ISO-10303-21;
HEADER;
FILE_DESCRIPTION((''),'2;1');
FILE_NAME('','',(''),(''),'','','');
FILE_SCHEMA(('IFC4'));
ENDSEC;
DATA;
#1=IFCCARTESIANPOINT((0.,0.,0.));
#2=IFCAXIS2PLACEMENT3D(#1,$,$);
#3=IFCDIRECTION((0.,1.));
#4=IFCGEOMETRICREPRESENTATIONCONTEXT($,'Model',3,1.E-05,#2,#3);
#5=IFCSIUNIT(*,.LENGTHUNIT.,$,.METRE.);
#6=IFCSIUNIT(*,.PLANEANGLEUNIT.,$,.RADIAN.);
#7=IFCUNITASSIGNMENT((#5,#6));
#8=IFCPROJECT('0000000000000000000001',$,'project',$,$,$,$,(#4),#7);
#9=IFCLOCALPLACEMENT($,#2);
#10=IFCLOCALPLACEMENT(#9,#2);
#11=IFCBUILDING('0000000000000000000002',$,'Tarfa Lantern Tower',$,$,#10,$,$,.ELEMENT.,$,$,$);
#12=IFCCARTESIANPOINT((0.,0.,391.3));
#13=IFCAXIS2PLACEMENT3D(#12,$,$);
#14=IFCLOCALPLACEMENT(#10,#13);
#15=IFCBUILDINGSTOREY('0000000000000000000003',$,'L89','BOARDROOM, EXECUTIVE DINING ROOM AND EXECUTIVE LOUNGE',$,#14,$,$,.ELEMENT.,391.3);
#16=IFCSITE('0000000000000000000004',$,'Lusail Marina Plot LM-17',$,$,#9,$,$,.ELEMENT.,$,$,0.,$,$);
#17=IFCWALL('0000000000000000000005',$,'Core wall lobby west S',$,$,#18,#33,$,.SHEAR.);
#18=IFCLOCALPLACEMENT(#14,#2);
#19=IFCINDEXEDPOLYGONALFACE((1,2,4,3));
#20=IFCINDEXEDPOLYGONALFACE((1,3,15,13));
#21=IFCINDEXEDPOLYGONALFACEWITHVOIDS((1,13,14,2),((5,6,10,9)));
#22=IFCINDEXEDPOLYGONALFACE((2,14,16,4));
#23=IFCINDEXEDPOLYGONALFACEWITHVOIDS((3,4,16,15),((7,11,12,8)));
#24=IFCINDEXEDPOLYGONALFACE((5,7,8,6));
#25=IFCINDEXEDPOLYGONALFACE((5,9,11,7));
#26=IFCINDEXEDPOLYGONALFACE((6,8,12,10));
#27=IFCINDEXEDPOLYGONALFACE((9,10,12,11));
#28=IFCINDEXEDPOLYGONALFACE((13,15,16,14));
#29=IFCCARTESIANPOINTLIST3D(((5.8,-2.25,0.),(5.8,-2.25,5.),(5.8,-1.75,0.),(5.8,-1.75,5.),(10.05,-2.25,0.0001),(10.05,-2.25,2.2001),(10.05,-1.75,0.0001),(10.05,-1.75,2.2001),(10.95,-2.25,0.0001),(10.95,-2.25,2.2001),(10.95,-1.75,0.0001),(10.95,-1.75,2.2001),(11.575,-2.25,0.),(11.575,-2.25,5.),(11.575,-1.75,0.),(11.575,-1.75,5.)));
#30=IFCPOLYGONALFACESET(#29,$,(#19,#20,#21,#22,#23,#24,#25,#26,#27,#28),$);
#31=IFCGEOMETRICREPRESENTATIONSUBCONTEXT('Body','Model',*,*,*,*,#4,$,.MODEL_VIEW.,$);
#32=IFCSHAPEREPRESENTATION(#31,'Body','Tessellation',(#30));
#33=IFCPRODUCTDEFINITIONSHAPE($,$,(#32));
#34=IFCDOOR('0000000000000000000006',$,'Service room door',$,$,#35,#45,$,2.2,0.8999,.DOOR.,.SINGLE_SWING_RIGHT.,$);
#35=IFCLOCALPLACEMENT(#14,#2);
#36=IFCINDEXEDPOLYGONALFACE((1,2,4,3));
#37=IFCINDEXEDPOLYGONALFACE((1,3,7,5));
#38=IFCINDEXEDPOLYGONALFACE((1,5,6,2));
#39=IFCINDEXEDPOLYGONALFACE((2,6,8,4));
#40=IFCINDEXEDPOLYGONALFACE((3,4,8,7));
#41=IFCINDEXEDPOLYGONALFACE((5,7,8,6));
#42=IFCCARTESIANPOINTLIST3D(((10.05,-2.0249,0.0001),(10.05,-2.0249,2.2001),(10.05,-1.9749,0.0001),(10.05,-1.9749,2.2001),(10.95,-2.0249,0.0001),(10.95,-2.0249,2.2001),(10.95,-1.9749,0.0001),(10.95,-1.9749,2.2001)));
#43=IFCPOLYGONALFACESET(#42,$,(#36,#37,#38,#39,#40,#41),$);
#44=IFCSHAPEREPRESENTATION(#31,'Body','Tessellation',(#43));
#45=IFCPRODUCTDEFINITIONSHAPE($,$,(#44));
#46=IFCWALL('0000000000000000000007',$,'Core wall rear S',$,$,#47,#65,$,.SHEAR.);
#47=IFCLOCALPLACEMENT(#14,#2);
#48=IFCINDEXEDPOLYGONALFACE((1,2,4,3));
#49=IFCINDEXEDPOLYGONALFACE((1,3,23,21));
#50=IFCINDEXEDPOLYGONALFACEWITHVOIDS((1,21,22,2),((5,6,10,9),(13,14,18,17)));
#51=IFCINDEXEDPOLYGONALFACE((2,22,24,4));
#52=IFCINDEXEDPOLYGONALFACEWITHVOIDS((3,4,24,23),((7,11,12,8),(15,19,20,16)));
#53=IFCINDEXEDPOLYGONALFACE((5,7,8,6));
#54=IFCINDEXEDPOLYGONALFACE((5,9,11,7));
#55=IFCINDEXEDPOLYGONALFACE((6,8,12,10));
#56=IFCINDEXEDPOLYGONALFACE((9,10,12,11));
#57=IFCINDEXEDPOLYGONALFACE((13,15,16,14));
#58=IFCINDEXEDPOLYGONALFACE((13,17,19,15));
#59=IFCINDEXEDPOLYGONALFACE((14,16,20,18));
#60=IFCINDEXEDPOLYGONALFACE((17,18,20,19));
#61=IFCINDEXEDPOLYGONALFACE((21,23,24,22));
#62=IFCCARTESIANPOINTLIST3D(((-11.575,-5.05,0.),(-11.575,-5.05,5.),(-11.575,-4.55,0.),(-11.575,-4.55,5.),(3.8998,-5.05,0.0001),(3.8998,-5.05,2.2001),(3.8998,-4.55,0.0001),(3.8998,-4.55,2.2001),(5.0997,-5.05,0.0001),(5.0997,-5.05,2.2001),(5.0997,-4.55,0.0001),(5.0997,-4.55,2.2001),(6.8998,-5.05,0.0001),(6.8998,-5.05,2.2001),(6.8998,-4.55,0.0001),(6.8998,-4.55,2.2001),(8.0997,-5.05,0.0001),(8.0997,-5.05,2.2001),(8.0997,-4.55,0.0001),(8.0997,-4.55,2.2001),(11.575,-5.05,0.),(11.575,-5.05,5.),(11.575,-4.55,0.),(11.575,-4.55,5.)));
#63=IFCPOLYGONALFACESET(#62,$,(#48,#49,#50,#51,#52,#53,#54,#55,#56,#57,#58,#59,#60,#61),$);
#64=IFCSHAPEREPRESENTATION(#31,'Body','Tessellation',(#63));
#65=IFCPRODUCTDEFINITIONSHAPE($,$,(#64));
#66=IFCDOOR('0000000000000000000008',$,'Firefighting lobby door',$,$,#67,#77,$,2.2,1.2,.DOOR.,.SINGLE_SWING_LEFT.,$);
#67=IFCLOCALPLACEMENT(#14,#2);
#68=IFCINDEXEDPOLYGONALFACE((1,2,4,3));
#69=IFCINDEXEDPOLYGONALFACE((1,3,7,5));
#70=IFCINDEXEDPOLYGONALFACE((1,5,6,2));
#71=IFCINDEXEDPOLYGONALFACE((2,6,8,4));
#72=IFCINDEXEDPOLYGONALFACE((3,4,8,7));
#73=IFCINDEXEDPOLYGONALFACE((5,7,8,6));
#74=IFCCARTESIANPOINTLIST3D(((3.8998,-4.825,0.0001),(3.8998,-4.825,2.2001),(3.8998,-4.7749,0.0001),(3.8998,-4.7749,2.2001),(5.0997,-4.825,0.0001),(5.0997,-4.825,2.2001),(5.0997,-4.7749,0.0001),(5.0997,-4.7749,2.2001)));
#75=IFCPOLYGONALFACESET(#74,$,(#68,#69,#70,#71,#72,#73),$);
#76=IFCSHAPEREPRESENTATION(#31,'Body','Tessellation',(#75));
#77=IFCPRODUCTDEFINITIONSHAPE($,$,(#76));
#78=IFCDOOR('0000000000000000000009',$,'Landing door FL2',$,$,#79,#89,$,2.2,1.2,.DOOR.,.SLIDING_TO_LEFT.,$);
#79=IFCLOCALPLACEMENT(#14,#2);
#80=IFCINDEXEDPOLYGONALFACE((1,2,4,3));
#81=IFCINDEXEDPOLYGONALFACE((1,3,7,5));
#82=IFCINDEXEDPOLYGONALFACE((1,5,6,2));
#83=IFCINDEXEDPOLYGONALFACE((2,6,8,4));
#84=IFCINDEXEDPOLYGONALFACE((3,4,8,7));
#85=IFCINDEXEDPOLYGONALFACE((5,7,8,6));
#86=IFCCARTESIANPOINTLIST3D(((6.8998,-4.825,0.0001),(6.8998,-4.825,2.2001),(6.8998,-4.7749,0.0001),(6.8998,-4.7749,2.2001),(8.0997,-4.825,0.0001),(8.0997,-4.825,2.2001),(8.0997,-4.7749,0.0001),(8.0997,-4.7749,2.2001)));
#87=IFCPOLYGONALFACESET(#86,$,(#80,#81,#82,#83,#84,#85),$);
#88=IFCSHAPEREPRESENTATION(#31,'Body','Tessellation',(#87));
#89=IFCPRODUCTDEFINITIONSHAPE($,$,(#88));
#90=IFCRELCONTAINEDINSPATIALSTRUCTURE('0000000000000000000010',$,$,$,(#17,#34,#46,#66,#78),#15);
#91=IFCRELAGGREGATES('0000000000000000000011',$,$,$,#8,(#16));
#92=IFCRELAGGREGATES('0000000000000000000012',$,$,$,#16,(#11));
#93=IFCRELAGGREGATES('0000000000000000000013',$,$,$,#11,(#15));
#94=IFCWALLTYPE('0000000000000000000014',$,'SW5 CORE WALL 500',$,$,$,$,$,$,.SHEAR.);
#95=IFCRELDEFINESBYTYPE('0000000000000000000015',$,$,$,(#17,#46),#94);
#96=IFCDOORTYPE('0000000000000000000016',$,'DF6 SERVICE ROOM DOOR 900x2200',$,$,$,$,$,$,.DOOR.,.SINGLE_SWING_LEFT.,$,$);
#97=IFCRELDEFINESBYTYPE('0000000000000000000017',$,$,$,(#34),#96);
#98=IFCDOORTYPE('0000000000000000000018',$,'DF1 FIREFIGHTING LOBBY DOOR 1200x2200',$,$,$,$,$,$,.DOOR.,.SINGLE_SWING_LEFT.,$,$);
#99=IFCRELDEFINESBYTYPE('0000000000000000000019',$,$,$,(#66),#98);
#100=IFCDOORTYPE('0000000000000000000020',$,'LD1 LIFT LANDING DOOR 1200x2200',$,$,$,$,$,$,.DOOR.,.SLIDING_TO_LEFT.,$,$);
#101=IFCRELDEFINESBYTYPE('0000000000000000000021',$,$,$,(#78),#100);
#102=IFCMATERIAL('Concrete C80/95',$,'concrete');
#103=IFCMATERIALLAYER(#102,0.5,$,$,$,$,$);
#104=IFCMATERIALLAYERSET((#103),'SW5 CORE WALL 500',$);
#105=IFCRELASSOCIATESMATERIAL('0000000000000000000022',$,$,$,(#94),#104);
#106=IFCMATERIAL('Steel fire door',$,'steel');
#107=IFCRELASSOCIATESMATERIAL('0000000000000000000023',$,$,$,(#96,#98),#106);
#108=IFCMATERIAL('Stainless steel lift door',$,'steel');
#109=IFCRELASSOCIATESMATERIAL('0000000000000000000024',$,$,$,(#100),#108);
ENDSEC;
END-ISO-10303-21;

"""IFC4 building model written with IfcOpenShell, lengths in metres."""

from ifc_helpers import new_model, si_unit, direction, frame, frame_2d, origin, place, context, subcontext, project, spatial, rectangle, extrude, material, layer, layer_set, type_object, element, fill, save


model = new_model("IFC4")

# Units and contexts
model_context = context("Model", 3, precision=1e-05, world=origin(), true_north=direction((0.0, 1.0)))
body_context = subcontext(model_context, "Body", "Model", "MODEL_VIEW")
ifc_project = project(units=[si_unit("LENGTHUNIT", "METRE"), si_unit("PLANEANGLEUNIT", "RADIAN")], contexts=[model_context])

# Site, building, storey
site_placement = place(None, origin())
site = spatial("IfcSite", under=ifc_project, at=site_placement, Name="Lusail Marina Plot LM-17", CompositionType="ELEMENT", RefElevation=0.0)
building_placement = place(site_placement, origin())
building = spatial("IfcBuilding", under=site, at=building_placement, Name="Tarfa Lantern Tower", CompositionType="ELEMENT")
storey_placement = place(building_placement, frame((0.0, 0.0, 391.3)))
storey = spatial("IfcBuildingStorey", under=building, at=storey_placement, Name="L89", Description="BOARDROOM, EXECUTIVE DINING ROOM AND EXECUTIVE LOUNGE", CompositionType="ELEMENT", Elevation=391.3)

# Shared definitions
ifc_material_1 = material(Name="Concrete C80/95", Category="concrete")

# Wall, opening, door
ifc_material_2 = material(Name="Steel fire door", Category="steel")
ifc_layer_1 = layer(ifc_material_1, 0.5)
ifc_layer_set_1 = layer_set([ifc_layer_1], Name="SW5 CORE WALL 500")
wall_type_1 = type_object("IfcWallType", Name="SW5 CORE WALL 500", PredefinedType="SHEAR", material=ifc_layer_set_1)
wall_1_placement = place(storey_placement, frame((11.575, -2.0, 0.0), z_axis=(0.0, 0.0, 1.0), x_axis=(-1.0, 0.0, 0.0)))
wall_1 = element("IfcWall", 1, at=wall_1_placement, inside=storey, type_object=wall_type_1, Name="Core wall lobby west S", PredefinedType="SHEAR", context=body_context, shape_type="SweptSolid", body=[
    extrude(rectangle(XDim=5.7749, YDim=0.5, at=frame_2d((2.8875, 0.0))), origin(), (0.0, 0.0, 1.0), 5.0),
])
opening_1_placement = place(wall_1_placement, frame((0.625, 0.0, 0.0)))
opening_1 = element("IfcOpeningElement", 2, at=opening_1_placement, cuts=wall_1, PredefinedType="OPENING", context=body_context, shape_type="SweptSolid", body=[
    extrude(rectangle(XDim=0.8999, YDim=2.2, at=frame_2d((0.45, 1.1001))), frame((0.0, 0.26, 0.0), z_axis=(0.0, -1.0, 0.0), x_axis=(1.0, 0.0, 0.0)), (0.0, 0.0, 1.0), 0.52),
])
door_type_1 = type_object("IfcDoorType", Name="DF6 SERVICE ROOM DOOR 900x2200", OperationType="SINGLE_SWING_LEFT", PredefinedType="DOOR", material=ifc_material_2)
door_1_placement = place(opening_1_placement, origin())
door_1 = element("IfcDoor", 3, at=door_1_placement, inside=storey, type_object=door_type_1, Name="Service room door", OperationType="SINGLE_SWING_RIGHT", OverallHeight=2.2, OverallWidth=0.8999, PredefinedType="DOOR", context=body_context, shape_type="SweptSolid", body=[
    extrude(rectangle(XDim=0.8999, YDim=2.2, at=frame_2d((0.45, 1.1001))), frame((0.0, 0.0249, 0.0), z_axis=(0.0, -1.0, 0.0), x_axis=(1.0, 0.0, 0.0)), (0.0, 0.0, 1.0), 0.05),
])
fill(opening_1, door_1)

# Wall, openings, doors
wall_2_placement = place(storey_placement, frame((11.575, -4.8, 0.0), z_axis=(0.0, 0.0, 1.0), x_axis=(-1.0, 0.0, 0.0)))
wall_2 = element("IfcWall", 4, at=wall_2_placement, inside=storey, type_object=wall_type_1, Name="Core wall rear S", PredefinedType="SHEAR", context=body_context, shape_type="SweptSolid", body=[
    extrude(rectangle(XDim=23.1499, YDim=0.5, at=frame_2d((11.575, 0.0))), origin(), (0.0, 0.0, 1.0), 5.0),
])
opening_2_placement = place(wall_2_placement, frame((6.4751, 0.0, 0.0)))
opening_2 = element("IfcOpeningElement", 5, at=opening_2_placement, cuts=wall_2, PredefinedType="OPENING", context=body_context, shape_type="SweptSolid", body=[
    extrude(rectangle(XDim=1.2, YDim=2.2, at=frame_2d((0.6001, 1.1001))), frame((0.0, 0.26, 0.0), z_axis=(0.0, -1.0, 0.0), x_axis=(1.0, 0.0, 0.0)), (0.0, 0.0, 1.0), 0.52),
])
opening_3_placement = place(wall_2_placement, frame((3.4751, 0.0, 0.0)))
opening_3 = element("IfcOpeningElement", 6, at=opening_3_placement, cuts=wall_2, PredefinedType="OPENING", context=body_context, shape_type="SweptSolid", body=[
    extrude(rectangle(XDim=1.2, YDim=2.2, at=frame_2d((0.6001, 1.1001))), frame((0.0, 0.26, 0.0), z_axis=(0.0, -1.0, 0.0), x_axis=(1.0, 0.0, 0.0)), (0.0, 0.0, 1.0), 0.52),
])
door_type_2 = type_object("IfcDoorType", Name="DF1 FIREFIGHTING LOBBY DOOR 1200x2200", OperationType="SINGLE_SWING_LEFT", PredefinedType="DOOR", material=ifc_material_2)
door_2_placement = place(opening_2_placement, origin())
door_2 = element("IfcDoor", 7, at=door_2_placement, inside=storey, type_object=door_type_2, Name="Firefighting lobby door", OperationType="SINGLE_SWING_LEFT", OverallHeight=2.2, OverallWidth=1.2, PredefinedType="DOOR", context=body_context, shape_type="SweptSolid", body=[
    extrude(rectangle(XDim=1.2, YDim=2.2, at=frame_2d((0.6001, 1.1001))), frame((0.0, 0.0249, 0.0), z_axis=(0.0, -1.0, 0.0), x_axis=(1.0, 0.0, 0.0)), (0.0, 0.0, 1.0), 0.05),
])
fill(opening_2, door_2)
ifc_material_3 = material(Name="Stainless steel lift door", Category="steel")
door_type_3 = type_object("IfcDoorType", Name="LD1 LIFT LANDING DOOR 1200x2200", OperationType="SLIDING_TO_LEFT", PredefinedType="DOOR", material=ifc_material_3)
door_3_placement = place(opening_3_placement, origin())
door_3 = element("IfcDoor", 8, at=door_3_placement, inside=storey, type_object=door_type_3, Name="Landing door FL2", OperationType="SLIDING_TO_LEFT", OverallHeight=2.2, OverallWidth=1.2, PredefinedType="DOOR", context=body_context, shape_type="SweptSolid", body=[
    extrude(rectangle(XDim=1.2, YDim=2.2, at=frame_2d((0.6001, 1.1001))), frame((0.0, 0.0249, 0.0), z_axis=(0.0, -1.0, 0.0), x_axis=(1.0, 0.0, 0.0)), (0.0, 0.0, 1.0), 0.05),
])
fill(opening_3, door_3)

save(model, "model.ifc")
